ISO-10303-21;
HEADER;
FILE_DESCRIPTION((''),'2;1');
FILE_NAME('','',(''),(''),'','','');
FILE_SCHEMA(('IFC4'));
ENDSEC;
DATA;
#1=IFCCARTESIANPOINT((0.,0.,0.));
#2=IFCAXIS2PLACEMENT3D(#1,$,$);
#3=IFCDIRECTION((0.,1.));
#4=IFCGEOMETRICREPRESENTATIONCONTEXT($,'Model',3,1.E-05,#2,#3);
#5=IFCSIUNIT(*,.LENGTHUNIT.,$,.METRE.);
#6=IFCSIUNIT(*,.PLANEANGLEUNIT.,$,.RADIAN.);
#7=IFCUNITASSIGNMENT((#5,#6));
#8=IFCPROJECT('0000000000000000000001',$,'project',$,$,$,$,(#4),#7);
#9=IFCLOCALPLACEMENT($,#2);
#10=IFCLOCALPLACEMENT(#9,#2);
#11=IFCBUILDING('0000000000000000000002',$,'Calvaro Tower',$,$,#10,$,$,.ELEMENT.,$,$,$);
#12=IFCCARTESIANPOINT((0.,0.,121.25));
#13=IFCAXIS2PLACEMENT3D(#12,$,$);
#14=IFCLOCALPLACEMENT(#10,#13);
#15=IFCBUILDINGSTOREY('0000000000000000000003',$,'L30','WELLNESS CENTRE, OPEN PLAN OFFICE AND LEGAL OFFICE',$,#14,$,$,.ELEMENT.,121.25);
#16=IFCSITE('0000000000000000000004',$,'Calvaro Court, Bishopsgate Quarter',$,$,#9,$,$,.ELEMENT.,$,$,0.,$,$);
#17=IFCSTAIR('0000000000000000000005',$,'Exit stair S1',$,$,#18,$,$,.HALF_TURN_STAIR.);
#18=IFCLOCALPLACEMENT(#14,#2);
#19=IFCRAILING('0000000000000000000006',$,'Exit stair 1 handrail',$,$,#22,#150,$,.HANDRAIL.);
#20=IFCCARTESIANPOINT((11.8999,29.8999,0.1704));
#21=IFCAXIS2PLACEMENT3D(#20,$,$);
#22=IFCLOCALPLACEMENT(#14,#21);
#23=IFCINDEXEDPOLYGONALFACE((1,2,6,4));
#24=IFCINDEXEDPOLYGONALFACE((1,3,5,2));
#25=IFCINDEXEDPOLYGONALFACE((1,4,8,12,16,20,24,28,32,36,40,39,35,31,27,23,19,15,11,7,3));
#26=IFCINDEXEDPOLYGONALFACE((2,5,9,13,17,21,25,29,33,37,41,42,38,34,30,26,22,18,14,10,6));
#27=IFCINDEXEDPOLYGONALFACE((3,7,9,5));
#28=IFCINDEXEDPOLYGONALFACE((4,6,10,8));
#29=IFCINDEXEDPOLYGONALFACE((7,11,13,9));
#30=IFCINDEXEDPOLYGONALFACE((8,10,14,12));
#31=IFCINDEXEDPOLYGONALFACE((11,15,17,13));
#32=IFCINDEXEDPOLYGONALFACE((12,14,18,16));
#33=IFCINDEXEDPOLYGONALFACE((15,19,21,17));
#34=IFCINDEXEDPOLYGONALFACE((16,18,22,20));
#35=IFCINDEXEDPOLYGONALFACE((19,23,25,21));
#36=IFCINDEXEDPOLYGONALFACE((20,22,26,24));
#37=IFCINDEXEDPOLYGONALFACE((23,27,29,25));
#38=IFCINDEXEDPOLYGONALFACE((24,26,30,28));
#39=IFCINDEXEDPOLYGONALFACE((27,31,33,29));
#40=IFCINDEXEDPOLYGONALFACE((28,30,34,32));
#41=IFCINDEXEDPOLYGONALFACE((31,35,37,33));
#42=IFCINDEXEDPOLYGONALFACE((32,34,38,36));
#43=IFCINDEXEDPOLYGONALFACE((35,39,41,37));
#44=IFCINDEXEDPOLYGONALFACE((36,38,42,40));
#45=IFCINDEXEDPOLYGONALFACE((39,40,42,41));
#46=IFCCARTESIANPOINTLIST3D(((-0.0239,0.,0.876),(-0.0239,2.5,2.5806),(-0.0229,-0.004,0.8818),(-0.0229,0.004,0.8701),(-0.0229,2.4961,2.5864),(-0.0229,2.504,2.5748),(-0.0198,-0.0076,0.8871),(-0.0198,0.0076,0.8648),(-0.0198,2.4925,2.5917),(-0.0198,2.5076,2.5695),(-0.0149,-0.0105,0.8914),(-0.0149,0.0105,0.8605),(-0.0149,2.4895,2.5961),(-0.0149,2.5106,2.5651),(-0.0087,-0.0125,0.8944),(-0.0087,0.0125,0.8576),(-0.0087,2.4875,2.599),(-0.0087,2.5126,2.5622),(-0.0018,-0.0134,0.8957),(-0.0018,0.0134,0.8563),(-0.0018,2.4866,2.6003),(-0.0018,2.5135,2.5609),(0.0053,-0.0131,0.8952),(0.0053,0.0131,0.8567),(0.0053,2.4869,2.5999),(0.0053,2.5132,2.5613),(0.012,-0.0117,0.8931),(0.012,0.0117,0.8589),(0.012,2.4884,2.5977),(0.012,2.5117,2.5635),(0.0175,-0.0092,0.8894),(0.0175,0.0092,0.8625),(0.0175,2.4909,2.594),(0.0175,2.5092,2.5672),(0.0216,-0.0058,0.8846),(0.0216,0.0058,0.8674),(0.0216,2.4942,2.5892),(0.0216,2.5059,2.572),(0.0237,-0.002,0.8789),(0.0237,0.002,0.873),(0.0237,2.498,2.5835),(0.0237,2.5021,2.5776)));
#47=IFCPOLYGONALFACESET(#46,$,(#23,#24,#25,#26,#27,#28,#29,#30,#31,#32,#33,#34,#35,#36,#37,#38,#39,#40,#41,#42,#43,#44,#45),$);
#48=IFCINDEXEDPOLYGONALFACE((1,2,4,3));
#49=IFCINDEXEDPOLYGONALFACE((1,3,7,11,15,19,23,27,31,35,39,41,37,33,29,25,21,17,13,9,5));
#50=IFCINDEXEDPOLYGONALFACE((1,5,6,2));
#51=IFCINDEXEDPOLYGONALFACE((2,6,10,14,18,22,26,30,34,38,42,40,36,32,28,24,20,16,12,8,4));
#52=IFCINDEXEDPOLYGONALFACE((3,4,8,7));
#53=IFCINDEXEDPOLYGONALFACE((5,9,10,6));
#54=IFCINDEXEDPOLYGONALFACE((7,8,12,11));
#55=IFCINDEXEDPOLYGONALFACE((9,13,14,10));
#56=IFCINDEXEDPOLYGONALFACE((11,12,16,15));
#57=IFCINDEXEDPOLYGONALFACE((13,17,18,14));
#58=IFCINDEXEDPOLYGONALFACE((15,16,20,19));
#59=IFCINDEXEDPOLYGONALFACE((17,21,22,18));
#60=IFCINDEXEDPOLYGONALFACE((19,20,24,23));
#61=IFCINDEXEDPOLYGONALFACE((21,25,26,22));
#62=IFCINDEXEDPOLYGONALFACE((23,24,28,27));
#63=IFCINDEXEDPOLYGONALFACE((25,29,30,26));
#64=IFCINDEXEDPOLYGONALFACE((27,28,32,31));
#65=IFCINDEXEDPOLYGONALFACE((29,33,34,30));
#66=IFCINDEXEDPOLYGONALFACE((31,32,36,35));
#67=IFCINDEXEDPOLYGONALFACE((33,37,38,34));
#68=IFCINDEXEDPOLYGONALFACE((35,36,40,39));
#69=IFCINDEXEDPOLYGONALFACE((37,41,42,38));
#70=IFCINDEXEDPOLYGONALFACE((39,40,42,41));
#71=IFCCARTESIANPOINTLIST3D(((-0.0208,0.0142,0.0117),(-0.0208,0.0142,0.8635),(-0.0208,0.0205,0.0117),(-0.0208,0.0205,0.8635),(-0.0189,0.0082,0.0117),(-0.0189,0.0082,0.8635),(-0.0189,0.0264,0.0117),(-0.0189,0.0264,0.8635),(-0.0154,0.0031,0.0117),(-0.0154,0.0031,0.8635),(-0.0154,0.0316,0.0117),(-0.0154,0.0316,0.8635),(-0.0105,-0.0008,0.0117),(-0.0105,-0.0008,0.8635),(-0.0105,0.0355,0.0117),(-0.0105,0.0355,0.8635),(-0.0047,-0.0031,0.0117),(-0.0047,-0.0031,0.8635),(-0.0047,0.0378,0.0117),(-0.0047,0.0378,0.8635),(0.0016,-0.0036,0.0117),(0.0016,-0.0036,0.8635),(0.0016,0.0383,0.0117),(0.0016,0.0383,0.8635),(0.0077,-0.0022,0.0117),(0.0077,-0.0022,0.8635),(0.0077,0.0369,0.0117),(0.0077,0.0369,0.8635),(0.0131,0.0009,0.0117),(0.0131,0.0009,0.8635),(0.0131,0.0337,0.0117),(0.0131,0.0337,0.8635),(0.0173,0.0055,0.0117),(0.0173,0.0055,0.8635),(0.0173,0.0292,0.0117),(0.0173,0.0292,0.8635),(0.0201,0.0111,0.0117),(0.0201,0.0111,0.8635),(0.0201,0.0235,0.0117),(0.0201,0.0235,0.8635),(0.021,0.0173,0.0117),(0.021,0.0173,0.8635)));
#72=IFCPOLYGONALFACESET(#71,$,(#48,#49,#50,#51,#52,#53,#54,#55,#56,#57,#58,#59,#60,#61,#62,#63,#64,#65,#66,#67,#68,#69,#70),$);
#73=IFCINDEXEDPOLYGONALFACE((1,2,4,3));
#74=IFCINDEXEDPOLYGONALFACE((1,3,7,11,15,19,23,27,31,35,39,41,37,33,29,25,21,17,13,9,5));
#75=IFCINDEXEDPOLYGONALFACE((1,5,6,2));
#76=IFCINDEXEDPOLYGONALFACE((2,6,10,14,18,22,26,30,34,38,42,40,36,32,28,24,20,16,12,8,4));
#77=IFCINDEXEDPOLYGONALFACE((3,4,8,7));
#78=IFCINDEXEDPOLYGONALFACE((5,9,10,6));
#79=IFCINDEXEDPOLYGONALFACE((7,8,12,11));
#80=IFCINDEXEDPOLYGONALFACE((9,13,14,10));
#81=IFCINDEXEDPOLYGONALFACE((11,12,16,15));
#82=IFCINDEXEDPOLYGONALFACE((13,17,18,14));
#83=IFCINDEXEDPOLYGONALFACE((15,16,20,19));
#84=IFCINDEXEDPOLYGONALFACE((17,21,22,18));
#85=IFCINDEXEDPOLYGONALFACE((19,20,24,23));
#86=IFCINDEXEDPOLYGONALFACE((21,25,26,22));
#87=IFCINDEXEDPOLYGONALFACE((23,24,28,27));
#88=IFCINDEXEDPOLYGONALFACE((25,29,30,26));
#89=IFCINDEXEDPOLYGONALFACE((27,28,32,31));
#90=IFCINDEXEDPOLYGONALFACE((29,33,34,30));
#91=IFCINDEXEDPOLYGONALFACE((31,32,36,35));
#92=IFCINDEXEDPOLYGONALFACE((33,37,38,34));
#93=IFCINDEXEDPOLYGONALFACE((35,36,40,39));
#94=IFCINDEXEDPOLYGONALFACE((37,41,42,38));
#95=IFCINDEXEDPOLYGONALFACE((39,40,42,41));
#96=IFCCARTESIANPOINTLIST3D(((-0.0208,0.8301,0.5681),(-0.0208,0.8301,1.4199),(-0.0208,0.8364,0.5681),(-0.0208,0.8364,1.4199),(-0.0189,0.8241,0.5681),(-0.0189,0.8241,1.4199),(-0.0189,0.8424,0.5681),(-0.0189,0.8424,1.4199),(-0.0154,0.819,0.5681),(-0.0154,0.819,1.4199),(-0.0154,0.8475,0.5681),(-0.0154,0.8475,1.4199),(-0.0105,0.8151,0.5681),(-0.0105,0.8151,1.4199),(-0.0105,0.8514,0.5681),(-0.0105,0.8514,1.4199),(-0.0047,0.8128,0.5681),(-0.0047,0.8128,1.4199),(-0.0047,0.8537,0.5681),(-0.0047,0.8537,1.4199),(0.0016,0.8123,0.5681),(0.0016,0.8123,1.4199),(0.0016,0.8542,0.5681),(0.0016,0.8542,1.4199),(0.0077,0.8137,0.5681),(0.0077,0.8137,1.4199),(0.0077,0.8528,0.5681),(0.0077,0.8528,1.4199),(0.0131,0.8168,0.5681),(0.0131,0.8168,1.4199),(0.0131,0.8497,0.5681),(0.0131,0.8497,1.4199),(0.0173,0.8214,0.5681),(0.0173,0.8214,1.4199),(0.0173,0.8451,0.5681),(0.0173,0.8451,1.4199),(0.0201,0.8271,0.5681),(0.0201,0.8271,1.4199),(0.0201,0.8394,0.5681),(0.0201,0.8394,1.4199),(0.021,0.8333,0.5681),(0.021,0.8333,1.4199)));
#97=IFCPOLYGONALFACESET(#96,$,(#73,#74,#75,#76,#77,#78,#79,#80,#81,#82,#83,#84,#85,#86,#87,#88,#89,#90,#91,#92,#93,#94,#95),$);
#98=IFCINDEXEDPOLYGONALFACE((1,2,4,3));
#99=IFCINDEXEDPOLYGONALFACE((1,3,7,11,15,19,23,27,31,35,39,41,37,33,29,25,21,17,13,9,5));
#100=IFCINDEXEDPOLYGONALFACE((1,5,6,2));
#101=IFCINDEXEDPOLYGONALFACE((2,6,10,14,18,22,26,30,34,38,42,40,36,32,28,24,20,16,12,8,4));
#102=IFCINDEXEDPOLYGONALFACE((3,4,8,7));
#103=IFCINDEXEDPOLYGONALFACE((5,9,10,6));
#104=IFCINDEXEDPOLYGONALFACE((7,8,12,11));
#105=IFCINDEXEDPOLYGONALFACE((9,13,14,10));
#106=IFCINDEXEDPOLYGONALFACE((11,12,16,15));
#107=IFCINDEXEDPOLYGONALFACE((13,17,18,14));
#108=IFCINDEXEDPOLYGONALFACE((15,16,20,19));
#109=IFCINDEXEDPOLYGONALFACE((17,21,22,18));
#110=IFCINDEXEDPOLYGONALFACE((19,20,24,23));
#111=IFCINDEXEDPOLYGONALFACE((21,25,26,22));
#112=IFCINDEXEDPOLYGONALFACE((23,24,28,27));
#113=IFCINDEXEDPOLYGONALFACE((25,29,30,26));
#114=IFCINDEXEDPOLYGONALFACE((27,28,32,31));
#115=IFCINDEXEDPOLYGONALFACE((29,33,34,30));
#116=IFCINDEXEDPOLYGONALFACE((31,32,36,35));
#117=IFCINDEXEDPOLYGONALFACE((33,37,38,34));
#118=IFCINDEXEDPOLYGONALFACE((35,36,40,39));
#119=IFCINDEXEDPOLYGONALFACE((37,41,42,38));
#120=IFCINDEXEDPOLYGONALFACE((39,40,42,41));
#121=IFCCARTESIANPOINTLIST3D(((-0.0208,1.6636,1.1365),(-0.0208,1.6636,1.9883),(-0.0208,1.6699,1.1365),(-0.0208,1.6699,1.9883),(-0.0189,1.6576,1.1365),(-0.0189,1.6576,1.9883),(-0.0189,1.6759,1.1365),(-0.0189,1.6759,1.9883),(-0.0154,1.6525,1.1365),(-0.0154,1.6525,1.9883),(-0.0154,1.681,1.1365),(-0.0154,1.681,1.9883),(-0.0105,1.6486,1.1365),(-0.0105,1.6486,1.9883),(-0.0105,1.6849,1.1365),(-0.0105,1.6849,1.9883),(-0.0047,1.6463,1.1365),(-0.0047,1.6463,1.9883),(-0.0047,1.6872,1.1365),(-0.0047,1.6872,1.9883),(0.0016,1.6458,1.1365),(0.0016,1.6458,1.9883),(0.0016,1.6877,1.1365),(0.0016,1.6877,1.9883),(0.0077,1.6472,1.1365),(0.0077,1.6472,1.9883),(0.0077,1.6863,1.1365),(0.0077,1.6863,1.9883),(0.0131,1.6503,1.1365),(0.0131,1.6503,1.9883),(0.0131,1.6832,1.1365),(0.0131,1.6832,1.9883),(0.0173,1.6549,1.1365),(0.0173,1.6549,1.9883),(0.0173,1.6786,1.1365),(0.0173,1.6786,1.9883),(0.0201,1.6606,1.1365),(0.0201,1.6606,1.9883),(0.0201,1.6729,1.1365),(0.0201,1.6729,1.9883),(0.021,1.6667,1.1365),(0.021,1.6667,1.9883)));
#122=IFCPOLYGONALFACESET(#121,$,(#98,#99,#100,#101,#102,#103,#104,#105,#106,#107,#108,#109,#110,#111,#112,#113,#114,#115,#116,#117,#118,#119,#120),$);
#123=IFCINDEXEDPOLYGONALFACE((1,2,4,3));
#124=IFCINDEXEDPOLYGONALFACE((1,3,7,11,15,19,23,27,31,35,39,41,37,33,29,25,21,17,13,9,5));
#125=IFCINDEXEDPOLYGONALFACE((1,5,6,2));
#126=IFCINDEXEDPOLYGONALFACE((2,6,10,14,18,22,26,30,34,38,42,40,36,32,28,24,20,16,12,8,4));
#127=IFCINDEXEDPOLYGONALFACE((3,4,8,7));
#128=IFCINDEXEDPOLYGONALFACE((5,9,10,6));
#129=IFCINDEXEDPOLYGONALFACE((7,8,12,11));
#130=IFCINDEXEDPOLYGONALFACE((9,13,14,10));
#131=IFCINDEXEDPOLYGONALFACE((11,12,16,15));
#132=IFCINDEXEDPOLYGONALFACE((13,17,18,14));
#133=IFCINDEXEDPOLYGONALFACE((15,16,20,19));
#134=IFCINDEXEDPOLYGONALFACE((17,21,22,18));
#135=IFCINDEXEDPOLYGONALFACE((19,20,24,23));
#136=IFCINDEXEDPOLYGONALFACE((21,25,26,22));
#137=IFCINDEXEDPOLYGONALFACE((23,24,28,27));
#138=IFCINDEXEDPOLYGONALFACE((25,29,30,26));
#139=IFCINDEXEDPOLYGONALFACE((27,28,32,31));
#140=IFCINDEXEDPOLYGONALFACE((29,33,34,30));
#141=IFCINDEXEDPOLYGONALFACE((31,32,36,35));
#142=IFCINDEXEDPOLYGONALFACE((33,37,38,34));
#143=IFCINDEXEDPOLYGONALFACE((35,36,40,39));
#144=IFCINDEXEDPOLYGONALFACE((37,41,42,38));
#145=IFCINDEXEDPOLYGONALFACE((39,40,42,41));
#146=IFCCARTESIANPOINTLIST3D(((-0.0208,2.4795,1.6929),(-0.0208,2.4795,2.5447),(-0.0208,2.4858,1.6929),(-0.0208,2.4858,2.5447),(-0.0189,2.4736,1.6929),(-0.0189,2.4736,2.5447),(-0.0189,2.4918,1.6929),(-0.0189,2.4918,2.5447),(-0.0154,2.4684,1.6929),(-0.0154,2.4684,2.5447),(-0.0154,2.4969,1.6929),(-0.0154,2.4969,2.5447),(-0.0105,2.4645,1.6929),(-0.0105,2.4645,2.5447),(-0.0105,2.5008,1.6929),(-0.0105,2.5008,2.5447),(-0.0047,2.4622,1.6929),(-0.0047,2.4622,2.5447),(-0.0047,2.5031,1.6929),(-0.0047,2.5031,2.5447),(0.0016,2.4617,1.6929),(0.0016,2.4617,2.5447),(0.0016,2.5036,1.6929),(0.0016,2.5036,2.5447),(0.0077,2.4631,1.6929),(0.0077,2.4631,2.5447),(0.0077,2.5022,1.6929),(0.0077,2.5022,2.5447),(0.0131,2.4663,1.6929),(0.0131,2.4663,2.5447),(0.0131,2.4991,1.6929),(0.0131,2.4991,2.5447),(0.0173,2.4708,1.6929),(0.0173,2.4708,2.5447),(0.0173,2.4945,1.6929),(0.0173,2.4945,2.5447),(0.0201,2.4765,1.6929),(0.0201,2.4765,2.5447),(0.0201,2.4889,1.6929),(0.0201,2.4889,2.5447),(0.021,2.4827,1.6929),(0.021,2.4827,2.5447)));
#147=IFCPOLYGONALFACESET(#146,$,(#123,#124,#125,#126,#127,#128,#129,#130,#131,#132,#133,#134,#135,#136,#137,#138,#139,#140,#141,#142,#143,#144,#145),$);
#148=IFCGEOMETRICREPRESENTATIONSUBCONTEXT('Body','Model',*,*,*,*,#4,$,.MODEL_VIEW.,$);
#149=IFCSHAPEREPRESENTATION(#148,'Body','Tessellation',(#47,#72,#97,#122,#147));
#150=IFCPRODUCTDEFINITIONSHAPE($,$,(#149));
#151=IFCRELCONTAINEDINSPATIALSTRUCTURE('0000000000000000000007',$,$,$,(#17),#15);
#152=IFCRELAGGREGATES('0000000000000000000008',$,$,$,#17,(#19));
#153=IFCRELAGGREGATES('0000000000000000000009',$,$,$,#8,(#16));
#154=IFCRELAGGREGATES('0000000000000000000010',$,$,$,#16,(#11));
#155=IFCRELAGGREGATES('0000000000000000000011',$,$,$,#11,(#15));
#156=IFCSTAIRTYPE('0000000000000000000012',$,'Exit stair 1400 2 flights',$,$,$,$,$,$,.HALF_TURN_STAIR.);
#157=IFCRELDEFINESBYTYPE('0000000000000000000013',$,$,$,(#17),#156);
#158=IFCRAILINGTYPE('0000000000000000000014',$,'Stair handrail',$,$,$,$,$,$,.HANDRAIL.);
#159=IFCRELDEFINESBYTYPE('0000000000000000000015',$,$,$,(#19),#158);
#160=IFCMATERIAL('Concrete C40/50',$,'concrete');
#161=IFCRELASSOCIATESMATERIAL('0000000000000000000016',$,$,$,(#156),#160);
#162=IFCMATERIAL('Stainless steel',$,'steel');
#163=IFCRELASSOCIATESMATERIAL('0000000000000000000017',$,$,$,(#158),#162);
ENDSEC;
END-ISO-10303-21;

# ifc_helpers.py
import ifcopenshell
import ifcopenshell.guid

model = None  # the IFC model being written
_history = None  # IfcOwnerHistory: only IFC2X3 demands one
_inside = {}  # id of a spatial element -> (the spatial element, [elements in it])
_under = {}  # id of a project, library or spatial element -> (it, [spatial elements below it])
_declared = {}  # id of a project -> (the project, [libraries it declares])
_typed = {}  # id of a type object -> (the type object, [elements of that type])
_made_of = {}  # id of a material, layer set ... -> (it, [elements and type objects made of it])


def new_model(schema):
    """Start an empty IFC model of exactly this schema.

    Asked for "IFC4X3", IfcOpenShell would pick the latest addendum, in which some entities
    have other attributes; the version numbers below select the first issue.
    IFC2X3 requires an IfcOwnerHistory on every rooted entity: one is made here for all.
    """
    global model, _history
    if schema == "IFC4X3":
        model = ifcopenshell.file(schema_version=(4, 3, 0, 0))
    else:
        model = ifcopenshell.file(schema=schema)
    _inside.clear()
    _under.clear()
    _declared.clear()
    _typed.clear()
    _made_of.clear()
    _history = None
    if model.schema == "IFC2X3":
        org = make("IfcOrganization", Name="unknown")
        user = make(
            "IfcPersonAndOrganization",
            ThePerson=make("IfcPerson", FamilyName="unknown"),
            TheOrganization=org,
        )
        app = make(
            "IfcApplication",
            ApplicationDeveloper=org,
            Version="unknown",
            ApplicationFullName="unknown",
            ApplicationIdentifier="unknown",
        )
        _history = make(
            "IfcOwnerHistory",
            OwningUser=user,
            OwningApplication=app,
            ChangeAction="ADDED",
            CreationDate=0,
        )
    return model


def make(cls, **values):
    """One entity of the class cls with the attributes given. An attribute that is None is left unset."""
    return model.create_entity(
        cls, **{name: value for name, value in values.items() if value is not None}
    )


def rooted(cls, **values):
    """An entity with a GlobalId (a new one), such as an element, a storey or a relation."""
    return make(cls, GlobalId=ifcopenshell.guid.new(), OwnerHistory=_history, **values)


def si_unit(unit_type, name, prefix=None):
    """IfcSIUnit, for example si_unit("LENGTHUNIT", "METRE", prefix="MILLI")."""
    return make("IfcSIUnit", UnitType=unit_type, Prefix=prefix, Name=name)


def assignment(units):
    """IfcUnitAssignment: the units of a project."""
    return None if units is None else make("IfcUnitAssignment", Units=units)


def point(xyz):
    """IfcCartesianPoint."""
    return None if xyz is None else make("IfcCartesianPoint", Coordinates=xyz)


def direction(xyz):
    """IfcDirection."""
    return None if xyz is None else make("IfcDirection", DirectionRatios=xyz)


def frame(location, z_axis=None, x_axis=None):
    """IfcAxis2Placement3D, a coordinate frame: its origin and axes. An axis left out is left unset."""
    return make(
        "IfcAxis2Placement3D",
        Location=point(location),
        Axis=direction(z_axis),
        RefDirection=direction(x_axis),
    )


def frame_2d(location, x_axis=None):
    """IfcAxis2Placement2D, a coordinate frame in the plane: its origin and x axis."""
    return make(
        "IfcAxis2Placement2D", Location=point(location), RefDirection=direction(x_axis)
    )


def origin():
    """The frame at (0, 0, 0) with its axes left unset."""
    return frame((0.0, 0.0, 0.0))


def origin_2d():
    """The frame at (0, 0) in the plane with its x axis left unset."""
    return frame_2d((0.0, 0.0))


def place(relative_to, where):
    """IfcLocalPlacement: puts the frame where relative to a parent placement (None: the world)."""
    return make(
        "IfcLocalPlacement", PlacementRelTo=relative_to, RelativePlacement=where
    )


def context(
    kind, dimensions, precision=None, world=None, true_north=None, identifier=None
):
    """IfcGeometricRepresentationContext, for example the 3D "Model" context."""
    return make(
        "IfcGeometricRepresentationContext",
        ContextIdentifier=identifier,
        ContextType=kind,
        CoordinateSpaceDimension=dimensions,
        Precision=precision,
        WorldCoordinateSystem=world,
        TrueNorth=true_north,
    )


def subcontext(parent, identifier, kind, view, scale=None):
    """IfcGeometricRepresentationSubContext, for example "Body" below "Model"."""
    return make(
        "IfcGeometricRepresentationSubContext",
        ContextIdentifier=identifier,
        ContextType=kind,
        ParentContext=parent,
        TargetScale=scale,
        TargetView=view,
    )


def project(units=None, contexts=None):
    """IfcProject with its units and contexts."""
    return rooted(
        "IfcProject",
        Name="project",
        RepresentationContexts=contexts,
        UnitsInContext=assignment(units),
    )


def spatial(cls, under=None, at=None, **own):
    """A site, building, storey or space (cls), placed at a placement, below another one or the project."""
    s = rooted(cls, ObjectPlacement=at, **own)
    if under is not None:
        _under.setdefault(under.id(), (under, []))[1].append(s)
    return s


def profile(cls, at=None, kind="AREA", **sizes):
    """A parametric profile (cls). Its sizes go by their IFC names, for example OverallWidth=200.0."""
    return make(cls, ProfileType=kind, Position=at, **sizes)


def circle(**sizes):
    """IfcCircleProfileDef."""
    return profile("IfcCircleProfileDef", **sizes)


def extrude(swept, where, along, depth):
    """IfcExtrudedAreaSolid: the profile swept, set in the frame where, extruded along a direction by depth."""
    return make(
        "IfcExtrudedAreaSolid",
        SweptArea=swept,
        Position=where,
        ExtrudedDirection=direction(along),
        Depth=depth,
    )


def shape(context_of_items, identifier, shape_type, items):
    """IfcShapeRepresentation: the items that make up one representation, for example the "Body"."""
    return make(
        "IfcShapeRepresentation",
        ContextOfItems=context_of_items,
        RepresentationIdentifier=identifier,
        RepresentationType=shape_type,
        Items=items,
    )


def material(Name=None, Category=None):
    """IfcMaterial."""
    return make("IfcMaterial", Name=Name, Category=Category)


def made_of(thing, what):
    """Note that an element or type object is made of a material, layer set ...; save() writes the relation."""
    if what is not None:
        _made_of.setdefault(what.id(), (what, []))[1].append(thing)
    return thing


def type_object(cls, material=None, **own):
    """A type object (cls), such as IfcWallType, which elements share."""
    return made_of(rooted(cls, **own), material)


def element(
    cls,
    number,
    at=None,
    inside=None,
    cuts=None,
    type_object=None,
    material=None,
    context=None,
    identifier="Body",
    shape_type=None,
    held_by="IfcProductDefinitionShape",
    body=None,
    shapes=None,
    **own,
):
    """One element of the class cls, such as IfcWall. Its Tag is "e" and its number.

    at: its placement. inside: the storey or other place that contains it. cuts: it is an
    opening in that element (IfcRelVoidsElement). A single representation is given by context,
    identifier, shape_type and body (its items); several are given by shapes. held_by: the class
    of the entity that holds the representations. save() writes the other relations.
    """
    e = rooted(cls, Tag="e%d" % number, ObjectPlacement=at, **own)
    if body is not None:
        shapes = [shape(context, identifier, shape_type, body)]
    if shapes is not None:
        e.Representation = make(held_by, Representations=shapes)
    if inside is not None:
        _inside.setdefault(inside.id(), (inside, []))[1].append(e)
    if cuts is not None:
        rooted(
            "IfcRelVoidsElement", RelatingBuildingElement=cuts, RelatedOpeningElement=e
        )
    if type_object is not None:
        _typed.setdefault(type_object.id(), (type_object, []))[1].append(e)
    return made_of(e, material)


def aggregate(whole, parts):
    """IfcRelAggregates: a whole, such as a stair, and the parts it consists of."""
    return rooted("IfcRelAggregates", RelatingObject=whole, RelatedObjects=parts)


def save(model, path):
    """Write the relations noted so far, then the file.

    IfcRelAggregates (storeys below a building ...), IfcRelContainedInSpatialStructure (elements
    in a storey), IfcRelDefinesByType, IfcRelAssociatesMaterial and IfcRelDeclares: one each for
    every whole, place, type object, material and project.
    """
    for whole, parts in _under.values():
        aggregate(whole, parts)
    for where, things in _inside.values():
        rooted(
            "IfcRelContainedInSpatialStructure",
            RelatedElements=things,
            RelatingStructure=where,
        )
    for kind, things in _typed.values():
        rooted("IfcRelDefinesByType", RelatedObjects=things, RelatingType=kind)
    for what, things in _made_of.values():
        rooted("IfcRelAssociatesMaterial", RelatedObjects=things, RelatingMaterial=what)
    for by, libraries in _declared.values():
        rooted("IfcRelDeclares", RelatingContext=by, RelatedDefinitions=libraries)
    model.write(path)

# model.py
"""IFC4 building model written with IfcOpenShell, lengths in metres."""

from ifc_helpers import new_model, si_unit, direction, frame, origin, origin_2d, place, context, subcontext, project, spatial, circle, extrude, material, type_object, element, aggregate, save


model = new_model("IFC4")

# Units and contexts
model_context = context("Model", 3, precision=1e-05, world=origin(), true_north=direction((0.0, 1.0)))
body_context = subcontext(model_context, "Body", "Model", "MODEL_VIEW")
ifc_project = project(units=[si_unit("LENGTHUNIT", "METRE"), si_unit("PLANEANGLEUNIT", "RADIAN")], contexts=[model_context])

# Site, building, storey
site_placement = place(None, origin())
site = spatial("IfcSite", under=ifc_project, at=site_placement, Name="Calvaro Court, Bishopsgate Quarter", CompositionType="ELEMENT", RefElevation=0.0)
building_placement = place(site_placement, origin())
building = spatial("IfcBuilding", under=site, at=building_placement, Name="Calvaro Tower", CompositionType="ELEMENT")
storey_placement = place(building_placement, frame((0.0, 0.0, 121.25)))
storey = spatial("IfcBuildingStorey", under=building, at=storey_placement, Name="L30", Description="WELLNESS CENTRE, OPEN PLAN OFFICE AND LEGAL OFFICE", CompositionType="ELEMENT", Elevation=121.25)

# Stair, railing
ifc_material_1 = material(Name="Concrete C40/50", Category="concrete")
stair_type = type_object("IfcStairType", Name="Exit stair 1400 2 flights", PredefinedType="HALF_TURN_STAIR", material=ifc_material_1)
stair_placement = place(storey_placement, origin())
stair = element("IfcStair", 1, at=stair_placement, inside=storey, type_object=stair_type, Name="Exit stair S1", PredefinedType="HALF_TURN_STAIR")
ifc_material_2 = material(Name="Stainless steel", Category="steel")
railing_type = type_object("IfcRailingType", Name="Stair handrail", PredefinedType="HANDRAIL", material=ifc_material_2)
railing_1_placement = place(storey_placement, frame((11.8999, 29.8999, 0.1704)))
railing_1 = element("IfcRailing", 2, at=railing_1_placement, type_object=railing_type, Name="Exit stair 1 handrail", PredefinedType="HANDRAIL", context=body_context, shape_type="SweptSolid", body=[
    extrude(circle(Radius=0.0239, at=origin_2d()), frame((0.0, 0.0, 0.876), z_axis=(0.0, 0.826221, 0.563347), x_axis=(-1.0, 0.0, 0.0)), (0.0, 0.0, 1.0), 3.0259),
    extrude(circle(Radius=0.021, at=origin_2d()), frame((0.0, 0.0173, 0.0117)), (0.0, 0.0, 1.0), 0.8518),
    extrude(circle(Radius=0.021, at=origin_2d()), frame((0.0, 0.8333, 0.5681)), (0.0, 0.0, 1.0), 0.8518),
    extrude(circle(Radius=0.021, at=origin_2d()), frame((0.0, 1.6667, 1.1365)), (0.0, 0.0, 1.0), 0.8518),
    extrude(circle(Radius=0.021, at=origin_2d()), frame((0.0, 2.4827, 1.6929)), (0.0, 0.0, 1.0), 0.8518),
])
aggregate(stair, [railing_1])

save(model, "model.ifc")
